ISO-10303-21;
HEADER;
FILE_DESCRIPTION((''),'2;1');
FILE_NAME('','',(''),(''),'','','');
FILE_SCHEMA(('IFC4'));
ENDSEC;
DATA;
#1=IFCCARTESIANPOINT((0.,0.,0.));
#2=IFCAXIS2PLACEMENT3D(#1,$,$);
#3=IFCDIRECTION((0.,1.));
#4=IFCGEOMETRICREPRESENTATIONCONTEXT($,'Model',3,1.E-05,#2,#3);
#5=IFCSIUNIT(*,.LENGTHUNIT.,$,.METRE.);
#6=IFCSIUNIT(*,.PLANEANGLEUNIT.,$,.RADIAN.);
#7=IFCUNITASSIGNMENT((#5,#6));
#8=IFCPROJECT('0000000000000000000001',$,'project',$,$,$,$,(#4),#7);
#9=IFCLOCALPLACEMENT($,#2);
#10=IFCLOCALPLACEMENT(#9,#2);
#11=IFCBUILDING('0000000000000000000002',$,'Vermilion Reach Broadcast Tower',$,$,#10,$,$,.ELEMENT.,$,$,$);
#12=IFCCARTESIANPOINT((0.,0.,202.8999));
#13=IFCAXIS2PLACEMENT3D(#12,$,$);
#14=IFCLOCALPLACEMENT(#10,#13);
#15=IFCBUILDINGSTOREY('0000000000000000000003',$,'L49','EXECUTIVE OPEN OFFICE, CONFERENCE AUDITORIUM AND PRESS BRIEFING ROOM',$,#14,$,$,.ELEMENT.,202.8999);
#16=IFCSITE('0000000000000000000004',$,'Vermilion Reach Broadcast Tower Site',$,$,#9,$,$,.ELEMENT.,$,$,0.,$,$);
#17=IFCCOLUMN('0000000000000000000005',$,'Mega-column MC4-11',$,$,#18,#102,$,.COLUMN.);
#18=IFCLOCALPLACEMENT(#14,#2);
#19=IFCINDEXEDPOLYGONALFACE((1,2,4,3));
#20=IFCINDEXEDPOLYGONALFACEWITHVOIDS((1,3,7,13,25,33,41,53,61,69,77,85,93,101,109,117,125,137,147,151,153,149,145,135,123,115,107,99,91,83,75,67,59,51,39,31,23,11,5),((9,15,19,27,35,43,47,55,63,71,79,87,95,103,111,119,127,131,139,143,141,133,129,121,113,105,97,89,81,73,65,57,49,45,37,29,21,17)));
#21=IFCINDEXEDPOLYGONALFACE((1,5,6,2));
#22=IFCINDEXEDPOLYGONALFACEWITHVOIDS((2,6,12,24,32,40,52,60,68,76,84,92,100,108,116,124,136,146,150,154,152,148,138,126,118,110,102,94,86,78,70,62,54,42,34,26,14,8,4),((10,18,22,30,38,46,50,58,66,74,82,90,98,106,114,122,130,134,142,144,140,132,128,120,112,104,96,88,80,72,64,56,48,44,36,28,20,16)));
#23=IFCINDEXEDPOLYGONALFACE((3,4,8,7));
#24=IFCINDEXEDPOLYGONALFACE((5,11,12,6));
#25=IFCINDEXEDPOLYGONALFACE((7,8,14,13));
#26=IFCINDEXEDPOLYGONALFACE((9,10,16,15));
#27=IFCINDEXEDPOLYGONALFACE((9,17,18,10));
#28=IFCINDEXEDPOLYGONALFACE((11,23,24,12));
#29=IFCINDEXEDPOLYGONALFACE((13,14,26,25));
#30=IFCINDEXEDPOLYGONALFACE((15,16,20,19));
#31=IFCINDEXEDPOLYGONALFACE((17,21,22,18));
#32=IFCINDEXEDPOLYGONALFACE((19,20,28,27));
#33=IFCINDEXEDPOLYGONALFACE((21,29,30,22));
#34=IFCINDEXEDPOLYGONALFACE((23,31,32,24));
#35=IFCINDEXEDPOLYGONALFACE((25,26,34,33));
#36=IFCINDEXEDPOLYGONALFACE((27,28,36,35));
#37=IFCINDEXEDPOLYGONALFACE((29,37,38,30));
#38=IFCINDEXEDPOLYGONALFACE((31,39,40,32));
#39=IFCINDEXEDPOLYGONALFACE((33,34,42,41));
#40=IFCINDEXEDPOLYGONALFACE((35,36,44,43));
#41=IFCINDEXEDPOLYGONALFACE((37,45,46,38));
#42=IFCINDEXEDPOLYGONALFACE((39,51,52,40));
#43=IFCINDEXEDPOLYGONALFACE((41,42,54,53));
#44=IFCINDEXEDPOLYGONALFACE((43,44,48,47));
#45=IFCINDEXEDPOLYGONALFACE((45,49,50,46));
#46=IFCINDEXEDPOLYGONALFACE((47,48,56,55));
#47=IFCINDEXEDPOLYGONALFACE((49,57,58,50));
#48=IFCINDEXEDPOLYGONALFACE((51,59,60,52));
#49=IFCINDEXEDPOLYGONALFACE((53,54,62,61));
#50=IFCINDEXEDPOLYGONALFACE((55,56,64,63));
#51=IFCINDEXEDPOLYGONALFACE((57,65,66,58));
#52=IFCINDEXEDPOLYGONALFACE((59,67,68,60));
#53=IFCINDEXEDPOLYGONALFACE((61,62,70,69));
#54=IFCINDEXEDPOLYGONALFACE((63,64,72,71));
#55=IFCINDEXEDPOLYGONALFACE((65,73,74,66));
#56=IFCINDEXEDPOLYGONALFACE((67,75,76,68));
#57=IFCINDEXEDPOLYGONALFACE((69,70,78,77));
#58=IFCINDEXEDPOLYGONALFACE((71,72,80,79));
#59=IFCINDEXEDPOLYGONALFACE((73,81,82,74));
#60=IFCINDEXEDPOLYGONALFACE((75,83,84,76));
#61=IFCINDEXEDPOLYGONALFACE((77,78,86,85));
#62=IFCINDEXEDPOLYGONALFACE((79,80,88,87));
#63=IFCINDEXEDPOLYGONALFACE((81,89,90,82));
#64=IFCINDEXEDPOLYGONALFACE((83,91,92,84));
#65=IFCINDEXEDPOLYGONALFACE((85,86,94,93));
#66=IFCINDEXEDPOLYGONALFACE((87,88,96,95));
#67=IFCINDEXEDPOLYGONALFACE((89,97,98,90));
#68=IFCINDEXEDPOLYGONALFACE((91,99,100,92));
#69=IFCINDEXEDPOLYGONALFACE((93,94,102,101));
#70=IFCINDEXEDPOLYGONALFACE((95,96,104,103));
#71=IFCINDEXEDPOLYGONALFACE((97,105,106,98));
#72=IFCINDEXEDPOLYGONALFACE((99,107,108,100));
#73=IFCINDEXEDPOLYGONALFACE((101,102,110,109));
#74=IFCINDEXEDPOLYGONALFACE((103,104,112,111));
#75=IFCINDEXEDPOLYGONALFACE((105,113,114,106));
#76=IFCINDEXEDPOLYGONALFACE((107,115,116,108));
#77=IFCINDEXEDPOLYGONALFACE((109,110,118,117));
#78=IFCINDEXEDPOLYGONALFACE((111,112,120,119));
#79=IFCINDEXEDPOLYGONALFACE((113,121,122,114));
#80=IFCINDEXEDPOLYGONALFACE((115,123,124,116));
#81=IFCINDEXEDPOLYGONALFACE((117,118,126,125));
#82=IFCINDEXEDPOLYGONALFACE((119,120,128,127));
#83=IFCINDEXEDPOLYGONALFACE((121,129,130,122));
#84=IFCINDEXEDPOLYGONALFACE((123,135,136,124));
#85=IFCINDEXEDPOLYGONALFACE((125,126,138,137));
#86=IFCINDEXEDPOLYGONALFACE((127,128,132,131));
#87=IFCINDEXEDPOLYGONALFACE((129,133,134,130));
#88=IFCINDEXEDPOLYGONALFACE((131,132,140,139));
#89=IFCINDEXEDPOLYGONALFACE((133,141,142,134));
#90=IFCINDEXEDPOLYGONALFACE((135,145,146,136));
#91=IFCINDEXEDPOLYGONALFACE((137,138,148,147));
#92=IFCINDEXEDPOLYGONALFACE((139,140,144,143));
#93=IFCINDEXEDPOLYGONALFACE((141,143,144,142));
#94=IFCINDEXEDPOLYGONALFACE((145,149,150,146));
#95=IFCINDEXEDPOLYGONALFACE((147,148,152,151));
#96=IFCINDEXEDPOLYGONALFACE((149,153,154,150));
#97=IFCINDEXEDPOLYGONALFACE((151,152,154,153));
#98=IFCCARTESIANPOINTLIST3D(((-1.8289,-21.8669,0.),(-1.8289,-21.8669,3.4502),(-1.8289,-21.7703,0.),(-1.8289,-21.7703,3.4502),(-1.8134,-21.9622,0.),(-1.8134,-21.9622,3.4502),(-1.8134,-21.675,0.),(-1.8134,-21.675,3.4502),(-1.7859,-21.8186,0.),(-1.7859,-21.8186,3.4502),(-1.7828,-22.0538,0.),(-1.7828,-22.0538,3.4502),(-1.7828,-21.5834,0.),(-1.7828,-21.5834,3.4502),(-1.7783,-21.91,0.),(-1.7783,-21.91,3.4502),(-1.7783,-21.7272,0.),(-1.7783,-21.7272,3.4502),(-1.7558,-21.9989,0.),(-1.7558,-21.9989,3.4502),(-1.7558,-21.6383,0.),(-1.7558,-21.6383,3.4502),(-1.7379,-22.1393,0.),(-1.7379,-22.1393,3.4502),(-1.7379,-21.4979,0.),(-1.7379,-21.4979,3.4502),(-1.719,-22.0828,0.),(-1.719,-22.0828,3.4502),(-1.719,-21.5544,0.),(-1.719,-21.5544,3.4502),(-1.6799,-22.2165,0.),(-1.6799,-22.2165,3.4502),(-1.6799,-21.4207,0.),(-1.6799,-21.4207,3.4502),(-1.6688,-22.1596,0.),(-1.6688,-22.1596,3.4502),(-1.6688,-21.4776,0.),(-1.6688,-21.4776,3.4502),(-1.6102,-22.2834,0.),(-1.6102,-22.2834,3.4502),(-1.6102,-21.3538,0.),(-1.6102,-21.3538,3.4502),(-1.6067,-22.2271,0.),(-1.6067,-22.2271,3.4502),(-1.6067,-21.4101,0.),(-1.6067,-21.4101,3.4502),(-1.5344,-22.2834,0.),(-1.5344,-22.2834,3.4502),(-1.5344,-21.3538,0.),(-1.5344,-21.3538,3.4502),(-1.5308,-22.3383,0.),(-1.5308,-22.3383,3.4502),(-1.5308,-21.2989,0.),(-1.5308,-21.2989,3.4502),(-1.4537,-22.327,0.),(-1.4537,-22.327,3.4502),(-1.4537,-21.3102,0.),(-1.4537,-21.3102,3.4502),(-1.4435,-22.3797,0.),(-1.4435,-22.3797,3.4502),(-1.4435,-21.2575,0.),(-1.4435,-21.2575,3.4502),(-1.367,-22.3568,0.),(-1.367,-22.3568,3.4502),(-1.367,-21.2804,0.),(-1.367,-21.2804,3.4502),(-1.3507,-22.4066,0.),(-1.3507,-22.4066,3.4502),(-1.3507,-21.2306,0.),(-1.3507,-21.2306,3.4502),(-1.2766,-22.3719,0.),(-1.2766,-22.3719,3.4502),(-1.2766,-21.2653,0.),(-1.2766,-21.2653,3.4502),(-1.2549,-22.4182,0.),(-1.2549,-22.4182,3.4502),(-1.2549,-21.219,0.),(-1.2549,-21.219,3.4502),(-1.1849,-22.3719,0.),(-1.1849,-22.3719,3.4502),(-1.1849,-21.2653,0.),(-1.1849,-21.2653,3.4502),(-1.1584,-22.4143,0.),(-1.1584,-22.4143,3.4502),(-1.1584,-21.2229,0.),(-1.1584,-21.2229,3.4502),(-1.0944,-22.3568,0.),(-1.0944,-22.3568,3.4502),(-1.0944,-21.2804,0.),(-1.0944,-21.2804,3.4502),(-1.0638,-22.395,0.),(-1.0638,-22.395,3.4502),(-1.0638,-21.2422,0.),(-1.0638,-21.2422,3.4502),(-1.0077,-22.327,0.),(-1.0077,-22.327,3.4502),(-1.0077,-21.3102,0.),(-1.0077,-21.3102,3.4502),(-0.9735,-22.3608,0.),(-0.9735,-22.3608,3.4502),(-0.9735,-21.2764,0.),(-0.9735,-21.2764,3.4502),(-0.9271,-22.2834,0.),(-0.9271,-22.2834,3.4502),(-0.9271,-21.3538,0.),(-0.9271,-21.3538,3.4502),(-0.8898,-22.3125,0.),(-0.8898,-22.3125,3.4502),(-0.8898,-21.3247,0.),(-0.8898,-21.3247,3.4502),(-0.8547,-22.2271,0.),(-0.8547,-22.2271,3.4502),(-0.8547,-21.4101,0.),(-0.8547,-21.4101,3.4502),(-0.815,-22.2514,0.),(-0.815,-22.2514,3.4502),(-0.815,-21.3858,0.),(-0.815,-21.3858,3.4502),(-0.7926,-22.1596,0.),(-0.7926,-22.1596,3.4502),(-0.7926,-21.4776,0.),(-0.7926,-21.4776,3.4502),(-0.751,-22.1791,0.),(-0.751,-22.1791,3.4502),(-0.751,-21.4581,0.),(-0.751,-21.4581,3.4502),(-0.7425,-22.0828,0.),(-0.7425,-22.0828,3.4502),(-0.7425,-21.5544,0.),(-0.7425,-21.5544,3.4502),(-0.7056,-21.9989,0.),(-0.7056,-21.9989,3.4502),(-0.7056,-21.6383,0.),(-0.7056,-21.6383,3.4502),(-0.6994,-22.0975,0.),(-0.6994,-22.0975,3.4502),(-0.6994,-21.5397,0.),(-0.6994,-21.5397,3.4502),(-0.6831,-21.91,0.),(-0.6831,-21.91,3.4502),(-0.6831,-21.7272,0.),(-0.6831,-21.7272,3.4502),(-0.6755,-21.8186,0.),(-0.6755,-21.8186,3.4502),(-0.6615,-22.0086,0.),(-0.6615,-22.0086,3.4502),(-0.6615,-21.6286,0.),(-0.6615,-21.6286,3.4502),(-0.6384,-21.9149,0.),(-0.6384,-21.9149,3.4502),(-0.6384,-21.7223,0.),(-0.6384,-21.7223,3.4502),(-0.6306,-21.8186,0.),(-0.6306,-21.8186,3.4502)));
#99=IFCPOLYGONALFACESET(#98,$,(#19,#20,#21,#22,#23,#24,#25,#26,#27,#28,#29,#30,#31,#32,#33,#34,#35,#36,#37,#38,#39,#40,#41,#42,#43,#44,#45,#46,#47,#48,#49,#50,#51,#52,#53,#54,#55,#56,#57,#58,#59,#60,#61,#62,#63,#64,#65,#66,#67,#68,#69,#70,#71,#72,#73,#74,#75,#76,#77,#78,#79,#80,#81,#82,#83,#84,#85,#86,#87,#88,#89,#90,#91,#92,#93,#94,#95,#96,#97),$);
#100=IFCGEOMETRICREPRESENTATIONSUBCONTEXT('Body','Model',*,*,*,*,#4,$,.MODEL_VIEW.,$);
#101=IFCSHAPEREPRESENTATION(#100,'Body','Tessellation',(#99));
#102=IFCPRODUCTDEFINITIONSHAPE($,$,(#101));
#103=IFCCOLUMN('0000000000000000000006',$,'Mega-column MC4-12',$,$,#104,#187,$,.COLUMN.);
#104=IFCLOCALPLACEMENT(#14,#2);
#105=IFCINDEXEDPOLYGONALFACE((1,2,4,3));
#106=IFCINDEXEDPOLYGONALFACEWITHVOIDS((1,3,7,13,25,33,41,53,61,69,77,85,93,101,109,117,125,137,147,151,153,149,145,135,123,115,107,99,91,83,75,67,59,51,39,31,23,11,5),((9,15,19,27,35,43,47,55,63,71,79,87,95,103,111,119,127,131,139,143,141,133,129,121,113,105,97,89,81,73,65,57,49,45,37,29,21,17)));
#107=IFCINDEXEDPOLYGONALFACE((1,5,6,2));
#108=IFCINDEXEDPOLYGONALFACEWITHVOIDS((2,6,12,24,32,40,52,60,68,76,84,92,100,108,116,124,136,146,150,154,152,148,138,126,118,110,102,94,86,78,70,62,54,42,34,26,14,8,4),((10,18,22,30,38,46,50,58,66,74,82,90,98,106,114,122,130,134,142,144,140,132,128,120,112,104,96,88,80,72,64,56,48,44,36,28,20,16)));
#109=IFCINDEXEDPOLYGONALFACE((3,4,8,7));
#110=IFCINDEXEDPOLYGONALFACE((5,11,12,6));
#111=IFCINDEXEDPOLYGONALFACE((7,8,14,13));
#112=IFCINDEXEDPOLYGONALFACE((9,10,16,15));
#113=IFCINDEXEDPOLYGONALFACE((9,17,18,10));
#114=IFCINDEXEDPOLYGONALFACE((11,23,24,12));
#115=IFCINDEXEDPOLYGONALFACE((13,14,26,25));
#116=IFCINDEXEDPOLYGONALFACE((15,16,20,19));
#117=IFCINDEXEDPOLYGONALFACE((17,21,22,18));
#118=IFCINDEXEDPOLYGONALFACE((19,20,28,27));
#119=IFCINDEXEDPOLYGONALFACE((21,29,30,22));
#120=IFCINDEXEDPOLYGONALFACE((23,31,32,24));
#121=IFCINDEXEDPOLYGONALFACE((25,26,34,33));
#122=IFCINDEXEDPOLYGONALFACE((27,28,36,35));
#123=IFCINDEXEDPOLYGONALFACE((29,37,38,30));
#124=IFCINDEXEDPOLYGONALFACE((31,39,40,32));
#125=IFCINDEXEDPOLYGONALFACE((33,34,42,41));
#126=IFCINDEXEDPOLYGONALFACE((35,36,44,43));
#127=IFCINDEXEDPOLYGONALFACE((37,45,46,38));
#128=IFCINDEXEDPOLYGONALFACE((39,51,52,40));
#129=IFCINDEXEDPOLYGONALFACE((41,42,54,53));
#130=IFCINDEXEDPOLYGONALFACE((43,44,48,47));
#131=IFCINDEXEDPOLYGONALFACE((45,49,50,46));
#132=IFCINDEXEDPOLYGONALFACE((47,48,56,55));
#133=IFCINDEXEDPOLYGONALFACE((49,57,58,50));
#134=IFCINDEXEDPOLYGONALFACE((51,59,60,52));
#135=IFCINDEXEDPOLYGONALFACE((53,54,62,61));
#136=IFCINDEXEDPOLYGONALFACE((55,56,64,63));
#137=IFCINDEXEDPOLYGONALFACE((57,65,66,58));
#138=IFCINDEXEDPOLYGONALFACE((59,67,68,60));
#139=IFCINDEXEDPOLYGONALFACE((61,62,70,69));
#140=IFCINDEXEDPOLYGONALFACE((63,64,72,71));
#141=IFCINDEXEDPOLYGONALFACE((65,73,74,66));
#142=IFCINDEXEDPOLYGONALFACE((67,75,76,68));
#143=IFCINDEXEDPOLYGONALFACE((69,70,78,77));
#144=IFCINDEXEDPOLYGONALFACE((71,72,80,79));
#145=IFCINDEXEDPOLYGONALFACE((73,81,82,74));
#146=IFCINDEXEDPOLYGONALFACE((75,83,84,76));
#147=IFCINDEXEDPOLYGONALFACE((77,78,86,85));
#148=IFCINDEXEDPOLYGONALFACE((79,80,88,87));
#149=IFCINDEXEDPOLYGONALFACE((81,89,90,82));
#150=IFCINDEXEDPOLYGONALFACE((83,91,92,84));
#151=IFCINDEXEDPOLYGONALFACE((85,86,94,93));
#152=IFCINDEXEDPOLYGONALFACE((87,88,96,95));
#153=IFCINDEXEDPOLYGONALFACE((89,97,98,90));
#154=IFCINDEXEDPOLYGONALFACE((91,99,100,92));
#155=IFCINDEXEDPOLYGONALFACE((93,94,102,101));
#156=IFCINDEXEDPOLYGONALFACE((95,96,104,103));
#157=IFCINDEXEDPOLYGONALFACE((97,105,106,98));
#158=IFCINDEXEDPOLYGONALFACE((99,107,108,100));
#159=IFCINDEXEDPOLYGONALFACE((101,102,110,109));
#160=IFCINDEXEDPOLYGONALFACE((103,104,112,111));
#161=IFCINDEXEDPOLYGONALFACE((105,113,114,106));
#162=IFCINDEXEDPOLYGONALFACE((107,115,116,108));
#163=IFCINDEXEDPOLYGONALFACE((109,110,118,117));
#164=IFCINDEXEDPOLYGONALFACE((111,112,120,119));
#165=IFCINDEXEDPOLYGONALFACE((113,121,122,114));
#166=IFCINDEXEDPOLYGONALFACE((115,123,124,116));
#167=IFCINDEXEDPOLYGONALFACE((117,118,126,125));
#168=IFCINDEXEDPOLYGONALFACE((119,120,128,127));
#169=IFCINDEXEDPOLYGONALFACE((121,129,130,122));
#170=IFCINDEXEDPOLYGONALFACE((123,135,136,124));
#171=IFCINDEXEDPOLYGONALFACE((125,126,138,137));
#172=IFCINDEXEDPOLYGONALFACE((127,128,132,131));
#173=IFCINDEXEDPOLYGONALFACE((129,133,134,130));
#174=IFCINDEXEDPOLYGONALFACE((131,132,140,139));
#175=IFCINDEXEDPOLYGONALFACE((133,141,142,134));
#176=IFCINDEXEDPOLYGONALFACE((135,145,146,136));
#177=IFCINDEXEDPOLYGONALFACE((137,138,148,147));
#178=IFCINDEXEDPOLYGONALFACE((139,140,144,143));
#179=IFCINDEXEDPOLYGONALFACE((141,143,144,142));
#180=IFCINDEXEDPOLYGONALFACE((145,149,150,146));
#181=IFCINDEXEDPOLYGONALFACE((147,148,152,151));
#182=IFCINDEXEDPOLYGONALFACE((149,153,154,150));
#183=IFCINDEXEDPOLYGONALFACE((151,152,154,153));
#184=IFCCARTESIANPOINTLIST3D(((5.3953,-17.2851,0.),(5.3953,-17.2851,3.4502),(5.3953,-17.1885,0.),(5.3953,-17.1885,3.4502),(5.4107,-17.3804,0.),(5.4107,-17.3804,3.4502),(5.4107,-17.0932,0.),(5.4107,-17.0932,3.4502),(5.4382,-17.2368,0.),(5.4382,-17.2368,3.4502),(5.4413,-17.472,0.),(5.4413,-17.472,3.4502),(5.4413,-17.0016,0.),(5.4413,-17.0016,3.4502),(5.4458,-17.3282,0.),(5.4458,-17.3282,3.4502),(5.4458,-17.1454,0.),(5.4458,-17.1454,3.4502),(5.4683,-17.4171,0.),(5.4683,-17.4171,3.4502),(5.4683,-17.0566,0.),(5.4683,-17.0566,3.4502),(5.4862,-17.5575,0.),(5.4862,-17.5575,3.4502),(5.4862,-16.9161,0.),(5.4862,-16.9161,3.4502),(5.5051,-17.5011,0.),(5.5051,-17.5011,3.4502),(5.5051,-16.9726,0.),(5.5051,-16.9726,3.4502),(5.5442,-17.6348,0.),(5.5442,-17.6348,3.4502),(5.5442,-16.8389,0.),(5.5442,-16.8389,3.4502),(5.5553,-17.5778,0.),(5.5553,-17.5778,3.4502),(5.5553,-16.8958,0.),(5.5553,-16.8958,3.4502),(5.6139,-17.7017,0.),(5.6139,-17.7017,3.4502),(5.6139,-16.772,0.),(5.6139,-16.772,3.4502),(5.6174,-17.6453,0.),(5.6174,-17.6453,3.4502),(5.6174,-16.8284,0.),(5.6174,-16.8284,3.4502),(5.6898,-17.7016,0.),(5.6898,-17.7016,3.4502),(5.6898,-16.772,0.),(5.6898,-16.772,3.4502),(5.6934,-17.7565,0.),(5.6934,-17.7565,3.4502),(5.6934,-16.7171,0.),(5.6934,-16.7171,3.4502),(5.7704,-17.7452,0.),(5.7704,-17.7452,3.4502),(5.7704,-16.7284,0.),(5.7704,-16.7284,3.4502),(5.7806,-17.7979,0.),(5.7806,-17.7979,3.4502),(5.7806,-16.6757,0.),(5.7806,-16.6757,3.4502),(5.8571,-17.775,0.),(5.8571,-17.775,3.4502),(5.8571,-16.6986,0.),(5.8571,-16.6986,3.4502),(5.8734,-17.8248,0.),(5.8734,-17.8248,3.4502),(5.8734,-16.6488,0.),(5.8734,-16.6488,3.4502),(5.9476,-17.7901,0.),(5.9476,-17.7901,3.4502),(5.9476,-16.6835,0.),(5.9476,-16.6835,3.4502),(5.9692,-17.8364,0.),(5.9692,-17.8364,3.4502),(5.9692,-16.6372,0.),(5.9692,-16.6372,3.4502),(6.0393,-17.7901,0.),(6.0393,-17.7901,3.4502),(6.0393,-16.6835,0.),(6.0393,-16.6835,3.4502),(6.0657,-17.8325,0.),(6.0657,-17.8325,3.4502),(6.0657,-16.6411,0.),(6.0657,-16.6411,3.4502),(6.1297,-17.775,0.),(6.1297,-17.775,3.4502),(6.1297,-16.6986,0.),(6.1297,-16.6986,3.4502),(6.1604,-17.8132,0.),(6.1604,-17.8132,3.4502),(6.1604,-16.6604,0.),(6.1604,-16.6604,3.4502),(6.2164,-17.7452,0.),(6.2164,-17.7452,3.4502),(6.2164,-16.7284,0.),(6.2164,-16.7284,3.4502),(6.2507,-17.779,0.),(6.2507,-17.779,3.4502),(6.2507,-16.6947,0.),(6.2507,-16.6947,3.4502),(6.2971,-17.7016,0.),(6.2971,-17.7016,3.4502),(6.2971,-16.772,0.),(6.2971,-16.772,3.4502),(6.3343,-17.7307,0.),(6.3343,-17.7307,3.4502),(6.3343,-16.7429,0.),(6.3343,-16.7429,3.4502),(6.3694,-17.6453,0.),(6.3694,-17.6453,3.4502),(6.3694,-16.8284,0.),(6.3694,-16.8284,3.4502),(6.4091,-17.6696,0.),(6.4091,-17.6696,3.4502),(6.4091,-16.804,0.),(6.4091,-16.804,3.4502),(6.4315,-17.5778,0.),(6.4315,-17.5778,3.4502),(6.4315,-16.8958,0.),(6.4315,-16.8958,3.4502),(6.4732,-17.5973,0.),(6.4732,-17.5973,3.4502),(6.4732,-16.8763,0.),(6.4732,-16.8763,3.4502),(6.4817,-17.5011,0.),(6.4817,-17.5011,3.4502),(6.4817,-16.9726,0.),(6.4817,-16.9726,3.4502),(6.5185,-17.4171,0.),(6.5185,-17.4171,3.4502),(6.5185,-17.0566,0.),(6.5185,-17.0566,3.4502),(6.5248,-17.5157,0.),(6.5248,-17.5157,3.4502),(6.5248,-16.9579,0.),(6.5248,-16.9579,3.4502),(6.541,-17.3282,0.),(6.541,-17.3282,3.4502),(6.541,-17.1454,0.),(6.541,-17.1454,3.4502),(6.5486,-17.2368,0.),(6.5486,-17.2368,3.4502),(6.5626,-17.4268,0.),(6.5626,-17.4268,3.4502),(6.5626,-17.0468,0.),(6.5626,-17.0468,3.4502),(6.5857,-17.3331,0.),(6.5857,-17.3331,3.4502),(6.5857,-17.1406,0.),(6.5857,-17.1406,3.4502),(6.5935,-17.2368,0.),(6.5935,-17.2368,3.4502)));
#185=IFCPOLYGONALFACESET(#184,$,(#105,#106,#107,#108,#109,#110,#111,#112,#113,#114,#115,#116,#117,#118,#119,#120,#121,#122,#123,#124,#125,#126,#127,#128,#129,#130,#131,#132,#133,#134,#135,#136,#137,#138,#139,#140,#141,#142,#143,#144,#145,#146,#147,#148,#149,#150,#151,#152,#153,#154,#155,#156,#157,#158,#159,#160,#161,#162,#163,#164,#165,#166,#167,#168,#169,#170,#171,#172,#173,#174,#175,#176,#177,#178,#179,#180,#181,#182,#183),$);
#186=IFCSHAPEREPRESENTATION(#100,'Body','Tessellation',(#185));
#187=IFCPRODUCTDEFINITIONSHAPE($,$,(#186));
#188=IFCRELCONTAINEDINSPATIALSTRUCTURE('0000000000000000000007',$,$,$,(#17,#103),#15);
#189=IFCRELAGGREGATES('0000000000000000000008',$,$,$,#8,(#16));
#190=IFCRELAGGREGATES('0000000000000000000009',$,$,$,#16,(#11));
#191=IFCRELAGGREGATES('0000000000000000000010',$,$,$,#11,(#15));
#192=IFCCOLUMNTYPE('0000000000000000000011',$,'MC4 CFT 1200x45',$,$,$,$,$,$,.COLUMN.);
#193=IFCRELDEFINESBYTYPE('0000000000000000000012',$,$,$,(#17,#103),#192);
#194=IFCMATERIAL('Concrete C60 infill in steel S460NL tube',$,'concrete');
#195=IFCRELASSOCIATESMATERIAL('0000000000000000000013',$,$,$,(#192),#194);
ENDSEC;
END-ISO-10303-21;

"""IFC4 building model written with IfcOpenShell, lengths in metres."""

from ifc_helpers import new_model, si_unit, direction, frame, origin, origin_2d, place, context, subcontext, project, spatial, hollow_circle, extrude, material, material_profile, profile_set, type_object, element, save


model = new_model("IFC4")

# Units and contexts
model_context = context("Model", 3, precision=1e-05, world=origin(), true_north=direction((0.0, 1.0)))
body_context = subcontext(model_context, "Body", "Model", "MODEL_VIEW")
ifc_project = project(units=[si_unit("LENGTHUNIT", "METRE"), si_unit("PLANEANGLEUNIT", "RADIAN")], contexts=[model_context])

# Site, building, storey
site_placement = place(None, origin())
site = spatial("IfcSite", under=ifc_project, at=site_placement, Name="Vermilion Reach Broadcast Tower Site", CompositionType="ELEMENT", RefElevation=0.0)
building_placement = place(site_placement, origin())
building = spatial("IfcBuilding", under=site, at=building_placement, Name="Vermilion Reach Broadcast Tower", CompositionType="ELEMENT")
storey_placement = place(building_placement, frame((0.0, 0.0, 202.8999)))
storey = spatial("IfcBuildingStorey", under=building, at=storey_placement, Name="L49", Description="EXECUTIVE OPEN OFFICE, CONFERENCE AUDITORIUM AND PRESS BRIEFING ROOM", CompositionType="ELEMENT", Elevation=202.8999)

# Columns
ifc_material_1 = material(Name="Concrete C60 infill in steel S460NL tube", Category="concrete")
ifc_material_profile_1 = material_profile(ifc_material_1, hollow_circle(Radius=0.6001, WallThickness=0.0449, at=origin_2d()), Name="Concrete C60 infill in steel S460NL tube CFT 1200x45")
ifc_profile_set_1 = profile_set([ifc_material_profile_1], Name="Concrete C60 infill in steel S460NL tube")
column_type = type_object("IfcColumnType", Name="MC4 CFT 1200x45", PredefinedType="COLUMN", material=ifc_profile_set_1)
for number, where, z_axis, x_axis, name in (
    (1, (-1.2307, -21.8186, 0.0), (0.0, 0.0, 1.0), (1.0, 0.0, 0.0), "Mega-column MC4-11"),
    (2, (5.9934, -17.2368, 0.0), (0.0, 0.0, 1.0), (1.0, 0.0, 0.0), "Mega-column MC4-12"),
):
    element("IfcColumn", number, at=place(storey_placement, frame(where, z_axis=z_axis, x_axis=x_axis)), inside=storey, type_object=column_type, Name=name, PredefinedType="COLUMN", context=body_context, shape_type="SweptSolid", body=[
        extrude(hollow_circle(Radius=0.6001, WallThickness=0.0449, at=origin_2d()), origin(), (0.0, 0.0, 1.0), 3.4502),
    ])

save(model, "model.ifc")
